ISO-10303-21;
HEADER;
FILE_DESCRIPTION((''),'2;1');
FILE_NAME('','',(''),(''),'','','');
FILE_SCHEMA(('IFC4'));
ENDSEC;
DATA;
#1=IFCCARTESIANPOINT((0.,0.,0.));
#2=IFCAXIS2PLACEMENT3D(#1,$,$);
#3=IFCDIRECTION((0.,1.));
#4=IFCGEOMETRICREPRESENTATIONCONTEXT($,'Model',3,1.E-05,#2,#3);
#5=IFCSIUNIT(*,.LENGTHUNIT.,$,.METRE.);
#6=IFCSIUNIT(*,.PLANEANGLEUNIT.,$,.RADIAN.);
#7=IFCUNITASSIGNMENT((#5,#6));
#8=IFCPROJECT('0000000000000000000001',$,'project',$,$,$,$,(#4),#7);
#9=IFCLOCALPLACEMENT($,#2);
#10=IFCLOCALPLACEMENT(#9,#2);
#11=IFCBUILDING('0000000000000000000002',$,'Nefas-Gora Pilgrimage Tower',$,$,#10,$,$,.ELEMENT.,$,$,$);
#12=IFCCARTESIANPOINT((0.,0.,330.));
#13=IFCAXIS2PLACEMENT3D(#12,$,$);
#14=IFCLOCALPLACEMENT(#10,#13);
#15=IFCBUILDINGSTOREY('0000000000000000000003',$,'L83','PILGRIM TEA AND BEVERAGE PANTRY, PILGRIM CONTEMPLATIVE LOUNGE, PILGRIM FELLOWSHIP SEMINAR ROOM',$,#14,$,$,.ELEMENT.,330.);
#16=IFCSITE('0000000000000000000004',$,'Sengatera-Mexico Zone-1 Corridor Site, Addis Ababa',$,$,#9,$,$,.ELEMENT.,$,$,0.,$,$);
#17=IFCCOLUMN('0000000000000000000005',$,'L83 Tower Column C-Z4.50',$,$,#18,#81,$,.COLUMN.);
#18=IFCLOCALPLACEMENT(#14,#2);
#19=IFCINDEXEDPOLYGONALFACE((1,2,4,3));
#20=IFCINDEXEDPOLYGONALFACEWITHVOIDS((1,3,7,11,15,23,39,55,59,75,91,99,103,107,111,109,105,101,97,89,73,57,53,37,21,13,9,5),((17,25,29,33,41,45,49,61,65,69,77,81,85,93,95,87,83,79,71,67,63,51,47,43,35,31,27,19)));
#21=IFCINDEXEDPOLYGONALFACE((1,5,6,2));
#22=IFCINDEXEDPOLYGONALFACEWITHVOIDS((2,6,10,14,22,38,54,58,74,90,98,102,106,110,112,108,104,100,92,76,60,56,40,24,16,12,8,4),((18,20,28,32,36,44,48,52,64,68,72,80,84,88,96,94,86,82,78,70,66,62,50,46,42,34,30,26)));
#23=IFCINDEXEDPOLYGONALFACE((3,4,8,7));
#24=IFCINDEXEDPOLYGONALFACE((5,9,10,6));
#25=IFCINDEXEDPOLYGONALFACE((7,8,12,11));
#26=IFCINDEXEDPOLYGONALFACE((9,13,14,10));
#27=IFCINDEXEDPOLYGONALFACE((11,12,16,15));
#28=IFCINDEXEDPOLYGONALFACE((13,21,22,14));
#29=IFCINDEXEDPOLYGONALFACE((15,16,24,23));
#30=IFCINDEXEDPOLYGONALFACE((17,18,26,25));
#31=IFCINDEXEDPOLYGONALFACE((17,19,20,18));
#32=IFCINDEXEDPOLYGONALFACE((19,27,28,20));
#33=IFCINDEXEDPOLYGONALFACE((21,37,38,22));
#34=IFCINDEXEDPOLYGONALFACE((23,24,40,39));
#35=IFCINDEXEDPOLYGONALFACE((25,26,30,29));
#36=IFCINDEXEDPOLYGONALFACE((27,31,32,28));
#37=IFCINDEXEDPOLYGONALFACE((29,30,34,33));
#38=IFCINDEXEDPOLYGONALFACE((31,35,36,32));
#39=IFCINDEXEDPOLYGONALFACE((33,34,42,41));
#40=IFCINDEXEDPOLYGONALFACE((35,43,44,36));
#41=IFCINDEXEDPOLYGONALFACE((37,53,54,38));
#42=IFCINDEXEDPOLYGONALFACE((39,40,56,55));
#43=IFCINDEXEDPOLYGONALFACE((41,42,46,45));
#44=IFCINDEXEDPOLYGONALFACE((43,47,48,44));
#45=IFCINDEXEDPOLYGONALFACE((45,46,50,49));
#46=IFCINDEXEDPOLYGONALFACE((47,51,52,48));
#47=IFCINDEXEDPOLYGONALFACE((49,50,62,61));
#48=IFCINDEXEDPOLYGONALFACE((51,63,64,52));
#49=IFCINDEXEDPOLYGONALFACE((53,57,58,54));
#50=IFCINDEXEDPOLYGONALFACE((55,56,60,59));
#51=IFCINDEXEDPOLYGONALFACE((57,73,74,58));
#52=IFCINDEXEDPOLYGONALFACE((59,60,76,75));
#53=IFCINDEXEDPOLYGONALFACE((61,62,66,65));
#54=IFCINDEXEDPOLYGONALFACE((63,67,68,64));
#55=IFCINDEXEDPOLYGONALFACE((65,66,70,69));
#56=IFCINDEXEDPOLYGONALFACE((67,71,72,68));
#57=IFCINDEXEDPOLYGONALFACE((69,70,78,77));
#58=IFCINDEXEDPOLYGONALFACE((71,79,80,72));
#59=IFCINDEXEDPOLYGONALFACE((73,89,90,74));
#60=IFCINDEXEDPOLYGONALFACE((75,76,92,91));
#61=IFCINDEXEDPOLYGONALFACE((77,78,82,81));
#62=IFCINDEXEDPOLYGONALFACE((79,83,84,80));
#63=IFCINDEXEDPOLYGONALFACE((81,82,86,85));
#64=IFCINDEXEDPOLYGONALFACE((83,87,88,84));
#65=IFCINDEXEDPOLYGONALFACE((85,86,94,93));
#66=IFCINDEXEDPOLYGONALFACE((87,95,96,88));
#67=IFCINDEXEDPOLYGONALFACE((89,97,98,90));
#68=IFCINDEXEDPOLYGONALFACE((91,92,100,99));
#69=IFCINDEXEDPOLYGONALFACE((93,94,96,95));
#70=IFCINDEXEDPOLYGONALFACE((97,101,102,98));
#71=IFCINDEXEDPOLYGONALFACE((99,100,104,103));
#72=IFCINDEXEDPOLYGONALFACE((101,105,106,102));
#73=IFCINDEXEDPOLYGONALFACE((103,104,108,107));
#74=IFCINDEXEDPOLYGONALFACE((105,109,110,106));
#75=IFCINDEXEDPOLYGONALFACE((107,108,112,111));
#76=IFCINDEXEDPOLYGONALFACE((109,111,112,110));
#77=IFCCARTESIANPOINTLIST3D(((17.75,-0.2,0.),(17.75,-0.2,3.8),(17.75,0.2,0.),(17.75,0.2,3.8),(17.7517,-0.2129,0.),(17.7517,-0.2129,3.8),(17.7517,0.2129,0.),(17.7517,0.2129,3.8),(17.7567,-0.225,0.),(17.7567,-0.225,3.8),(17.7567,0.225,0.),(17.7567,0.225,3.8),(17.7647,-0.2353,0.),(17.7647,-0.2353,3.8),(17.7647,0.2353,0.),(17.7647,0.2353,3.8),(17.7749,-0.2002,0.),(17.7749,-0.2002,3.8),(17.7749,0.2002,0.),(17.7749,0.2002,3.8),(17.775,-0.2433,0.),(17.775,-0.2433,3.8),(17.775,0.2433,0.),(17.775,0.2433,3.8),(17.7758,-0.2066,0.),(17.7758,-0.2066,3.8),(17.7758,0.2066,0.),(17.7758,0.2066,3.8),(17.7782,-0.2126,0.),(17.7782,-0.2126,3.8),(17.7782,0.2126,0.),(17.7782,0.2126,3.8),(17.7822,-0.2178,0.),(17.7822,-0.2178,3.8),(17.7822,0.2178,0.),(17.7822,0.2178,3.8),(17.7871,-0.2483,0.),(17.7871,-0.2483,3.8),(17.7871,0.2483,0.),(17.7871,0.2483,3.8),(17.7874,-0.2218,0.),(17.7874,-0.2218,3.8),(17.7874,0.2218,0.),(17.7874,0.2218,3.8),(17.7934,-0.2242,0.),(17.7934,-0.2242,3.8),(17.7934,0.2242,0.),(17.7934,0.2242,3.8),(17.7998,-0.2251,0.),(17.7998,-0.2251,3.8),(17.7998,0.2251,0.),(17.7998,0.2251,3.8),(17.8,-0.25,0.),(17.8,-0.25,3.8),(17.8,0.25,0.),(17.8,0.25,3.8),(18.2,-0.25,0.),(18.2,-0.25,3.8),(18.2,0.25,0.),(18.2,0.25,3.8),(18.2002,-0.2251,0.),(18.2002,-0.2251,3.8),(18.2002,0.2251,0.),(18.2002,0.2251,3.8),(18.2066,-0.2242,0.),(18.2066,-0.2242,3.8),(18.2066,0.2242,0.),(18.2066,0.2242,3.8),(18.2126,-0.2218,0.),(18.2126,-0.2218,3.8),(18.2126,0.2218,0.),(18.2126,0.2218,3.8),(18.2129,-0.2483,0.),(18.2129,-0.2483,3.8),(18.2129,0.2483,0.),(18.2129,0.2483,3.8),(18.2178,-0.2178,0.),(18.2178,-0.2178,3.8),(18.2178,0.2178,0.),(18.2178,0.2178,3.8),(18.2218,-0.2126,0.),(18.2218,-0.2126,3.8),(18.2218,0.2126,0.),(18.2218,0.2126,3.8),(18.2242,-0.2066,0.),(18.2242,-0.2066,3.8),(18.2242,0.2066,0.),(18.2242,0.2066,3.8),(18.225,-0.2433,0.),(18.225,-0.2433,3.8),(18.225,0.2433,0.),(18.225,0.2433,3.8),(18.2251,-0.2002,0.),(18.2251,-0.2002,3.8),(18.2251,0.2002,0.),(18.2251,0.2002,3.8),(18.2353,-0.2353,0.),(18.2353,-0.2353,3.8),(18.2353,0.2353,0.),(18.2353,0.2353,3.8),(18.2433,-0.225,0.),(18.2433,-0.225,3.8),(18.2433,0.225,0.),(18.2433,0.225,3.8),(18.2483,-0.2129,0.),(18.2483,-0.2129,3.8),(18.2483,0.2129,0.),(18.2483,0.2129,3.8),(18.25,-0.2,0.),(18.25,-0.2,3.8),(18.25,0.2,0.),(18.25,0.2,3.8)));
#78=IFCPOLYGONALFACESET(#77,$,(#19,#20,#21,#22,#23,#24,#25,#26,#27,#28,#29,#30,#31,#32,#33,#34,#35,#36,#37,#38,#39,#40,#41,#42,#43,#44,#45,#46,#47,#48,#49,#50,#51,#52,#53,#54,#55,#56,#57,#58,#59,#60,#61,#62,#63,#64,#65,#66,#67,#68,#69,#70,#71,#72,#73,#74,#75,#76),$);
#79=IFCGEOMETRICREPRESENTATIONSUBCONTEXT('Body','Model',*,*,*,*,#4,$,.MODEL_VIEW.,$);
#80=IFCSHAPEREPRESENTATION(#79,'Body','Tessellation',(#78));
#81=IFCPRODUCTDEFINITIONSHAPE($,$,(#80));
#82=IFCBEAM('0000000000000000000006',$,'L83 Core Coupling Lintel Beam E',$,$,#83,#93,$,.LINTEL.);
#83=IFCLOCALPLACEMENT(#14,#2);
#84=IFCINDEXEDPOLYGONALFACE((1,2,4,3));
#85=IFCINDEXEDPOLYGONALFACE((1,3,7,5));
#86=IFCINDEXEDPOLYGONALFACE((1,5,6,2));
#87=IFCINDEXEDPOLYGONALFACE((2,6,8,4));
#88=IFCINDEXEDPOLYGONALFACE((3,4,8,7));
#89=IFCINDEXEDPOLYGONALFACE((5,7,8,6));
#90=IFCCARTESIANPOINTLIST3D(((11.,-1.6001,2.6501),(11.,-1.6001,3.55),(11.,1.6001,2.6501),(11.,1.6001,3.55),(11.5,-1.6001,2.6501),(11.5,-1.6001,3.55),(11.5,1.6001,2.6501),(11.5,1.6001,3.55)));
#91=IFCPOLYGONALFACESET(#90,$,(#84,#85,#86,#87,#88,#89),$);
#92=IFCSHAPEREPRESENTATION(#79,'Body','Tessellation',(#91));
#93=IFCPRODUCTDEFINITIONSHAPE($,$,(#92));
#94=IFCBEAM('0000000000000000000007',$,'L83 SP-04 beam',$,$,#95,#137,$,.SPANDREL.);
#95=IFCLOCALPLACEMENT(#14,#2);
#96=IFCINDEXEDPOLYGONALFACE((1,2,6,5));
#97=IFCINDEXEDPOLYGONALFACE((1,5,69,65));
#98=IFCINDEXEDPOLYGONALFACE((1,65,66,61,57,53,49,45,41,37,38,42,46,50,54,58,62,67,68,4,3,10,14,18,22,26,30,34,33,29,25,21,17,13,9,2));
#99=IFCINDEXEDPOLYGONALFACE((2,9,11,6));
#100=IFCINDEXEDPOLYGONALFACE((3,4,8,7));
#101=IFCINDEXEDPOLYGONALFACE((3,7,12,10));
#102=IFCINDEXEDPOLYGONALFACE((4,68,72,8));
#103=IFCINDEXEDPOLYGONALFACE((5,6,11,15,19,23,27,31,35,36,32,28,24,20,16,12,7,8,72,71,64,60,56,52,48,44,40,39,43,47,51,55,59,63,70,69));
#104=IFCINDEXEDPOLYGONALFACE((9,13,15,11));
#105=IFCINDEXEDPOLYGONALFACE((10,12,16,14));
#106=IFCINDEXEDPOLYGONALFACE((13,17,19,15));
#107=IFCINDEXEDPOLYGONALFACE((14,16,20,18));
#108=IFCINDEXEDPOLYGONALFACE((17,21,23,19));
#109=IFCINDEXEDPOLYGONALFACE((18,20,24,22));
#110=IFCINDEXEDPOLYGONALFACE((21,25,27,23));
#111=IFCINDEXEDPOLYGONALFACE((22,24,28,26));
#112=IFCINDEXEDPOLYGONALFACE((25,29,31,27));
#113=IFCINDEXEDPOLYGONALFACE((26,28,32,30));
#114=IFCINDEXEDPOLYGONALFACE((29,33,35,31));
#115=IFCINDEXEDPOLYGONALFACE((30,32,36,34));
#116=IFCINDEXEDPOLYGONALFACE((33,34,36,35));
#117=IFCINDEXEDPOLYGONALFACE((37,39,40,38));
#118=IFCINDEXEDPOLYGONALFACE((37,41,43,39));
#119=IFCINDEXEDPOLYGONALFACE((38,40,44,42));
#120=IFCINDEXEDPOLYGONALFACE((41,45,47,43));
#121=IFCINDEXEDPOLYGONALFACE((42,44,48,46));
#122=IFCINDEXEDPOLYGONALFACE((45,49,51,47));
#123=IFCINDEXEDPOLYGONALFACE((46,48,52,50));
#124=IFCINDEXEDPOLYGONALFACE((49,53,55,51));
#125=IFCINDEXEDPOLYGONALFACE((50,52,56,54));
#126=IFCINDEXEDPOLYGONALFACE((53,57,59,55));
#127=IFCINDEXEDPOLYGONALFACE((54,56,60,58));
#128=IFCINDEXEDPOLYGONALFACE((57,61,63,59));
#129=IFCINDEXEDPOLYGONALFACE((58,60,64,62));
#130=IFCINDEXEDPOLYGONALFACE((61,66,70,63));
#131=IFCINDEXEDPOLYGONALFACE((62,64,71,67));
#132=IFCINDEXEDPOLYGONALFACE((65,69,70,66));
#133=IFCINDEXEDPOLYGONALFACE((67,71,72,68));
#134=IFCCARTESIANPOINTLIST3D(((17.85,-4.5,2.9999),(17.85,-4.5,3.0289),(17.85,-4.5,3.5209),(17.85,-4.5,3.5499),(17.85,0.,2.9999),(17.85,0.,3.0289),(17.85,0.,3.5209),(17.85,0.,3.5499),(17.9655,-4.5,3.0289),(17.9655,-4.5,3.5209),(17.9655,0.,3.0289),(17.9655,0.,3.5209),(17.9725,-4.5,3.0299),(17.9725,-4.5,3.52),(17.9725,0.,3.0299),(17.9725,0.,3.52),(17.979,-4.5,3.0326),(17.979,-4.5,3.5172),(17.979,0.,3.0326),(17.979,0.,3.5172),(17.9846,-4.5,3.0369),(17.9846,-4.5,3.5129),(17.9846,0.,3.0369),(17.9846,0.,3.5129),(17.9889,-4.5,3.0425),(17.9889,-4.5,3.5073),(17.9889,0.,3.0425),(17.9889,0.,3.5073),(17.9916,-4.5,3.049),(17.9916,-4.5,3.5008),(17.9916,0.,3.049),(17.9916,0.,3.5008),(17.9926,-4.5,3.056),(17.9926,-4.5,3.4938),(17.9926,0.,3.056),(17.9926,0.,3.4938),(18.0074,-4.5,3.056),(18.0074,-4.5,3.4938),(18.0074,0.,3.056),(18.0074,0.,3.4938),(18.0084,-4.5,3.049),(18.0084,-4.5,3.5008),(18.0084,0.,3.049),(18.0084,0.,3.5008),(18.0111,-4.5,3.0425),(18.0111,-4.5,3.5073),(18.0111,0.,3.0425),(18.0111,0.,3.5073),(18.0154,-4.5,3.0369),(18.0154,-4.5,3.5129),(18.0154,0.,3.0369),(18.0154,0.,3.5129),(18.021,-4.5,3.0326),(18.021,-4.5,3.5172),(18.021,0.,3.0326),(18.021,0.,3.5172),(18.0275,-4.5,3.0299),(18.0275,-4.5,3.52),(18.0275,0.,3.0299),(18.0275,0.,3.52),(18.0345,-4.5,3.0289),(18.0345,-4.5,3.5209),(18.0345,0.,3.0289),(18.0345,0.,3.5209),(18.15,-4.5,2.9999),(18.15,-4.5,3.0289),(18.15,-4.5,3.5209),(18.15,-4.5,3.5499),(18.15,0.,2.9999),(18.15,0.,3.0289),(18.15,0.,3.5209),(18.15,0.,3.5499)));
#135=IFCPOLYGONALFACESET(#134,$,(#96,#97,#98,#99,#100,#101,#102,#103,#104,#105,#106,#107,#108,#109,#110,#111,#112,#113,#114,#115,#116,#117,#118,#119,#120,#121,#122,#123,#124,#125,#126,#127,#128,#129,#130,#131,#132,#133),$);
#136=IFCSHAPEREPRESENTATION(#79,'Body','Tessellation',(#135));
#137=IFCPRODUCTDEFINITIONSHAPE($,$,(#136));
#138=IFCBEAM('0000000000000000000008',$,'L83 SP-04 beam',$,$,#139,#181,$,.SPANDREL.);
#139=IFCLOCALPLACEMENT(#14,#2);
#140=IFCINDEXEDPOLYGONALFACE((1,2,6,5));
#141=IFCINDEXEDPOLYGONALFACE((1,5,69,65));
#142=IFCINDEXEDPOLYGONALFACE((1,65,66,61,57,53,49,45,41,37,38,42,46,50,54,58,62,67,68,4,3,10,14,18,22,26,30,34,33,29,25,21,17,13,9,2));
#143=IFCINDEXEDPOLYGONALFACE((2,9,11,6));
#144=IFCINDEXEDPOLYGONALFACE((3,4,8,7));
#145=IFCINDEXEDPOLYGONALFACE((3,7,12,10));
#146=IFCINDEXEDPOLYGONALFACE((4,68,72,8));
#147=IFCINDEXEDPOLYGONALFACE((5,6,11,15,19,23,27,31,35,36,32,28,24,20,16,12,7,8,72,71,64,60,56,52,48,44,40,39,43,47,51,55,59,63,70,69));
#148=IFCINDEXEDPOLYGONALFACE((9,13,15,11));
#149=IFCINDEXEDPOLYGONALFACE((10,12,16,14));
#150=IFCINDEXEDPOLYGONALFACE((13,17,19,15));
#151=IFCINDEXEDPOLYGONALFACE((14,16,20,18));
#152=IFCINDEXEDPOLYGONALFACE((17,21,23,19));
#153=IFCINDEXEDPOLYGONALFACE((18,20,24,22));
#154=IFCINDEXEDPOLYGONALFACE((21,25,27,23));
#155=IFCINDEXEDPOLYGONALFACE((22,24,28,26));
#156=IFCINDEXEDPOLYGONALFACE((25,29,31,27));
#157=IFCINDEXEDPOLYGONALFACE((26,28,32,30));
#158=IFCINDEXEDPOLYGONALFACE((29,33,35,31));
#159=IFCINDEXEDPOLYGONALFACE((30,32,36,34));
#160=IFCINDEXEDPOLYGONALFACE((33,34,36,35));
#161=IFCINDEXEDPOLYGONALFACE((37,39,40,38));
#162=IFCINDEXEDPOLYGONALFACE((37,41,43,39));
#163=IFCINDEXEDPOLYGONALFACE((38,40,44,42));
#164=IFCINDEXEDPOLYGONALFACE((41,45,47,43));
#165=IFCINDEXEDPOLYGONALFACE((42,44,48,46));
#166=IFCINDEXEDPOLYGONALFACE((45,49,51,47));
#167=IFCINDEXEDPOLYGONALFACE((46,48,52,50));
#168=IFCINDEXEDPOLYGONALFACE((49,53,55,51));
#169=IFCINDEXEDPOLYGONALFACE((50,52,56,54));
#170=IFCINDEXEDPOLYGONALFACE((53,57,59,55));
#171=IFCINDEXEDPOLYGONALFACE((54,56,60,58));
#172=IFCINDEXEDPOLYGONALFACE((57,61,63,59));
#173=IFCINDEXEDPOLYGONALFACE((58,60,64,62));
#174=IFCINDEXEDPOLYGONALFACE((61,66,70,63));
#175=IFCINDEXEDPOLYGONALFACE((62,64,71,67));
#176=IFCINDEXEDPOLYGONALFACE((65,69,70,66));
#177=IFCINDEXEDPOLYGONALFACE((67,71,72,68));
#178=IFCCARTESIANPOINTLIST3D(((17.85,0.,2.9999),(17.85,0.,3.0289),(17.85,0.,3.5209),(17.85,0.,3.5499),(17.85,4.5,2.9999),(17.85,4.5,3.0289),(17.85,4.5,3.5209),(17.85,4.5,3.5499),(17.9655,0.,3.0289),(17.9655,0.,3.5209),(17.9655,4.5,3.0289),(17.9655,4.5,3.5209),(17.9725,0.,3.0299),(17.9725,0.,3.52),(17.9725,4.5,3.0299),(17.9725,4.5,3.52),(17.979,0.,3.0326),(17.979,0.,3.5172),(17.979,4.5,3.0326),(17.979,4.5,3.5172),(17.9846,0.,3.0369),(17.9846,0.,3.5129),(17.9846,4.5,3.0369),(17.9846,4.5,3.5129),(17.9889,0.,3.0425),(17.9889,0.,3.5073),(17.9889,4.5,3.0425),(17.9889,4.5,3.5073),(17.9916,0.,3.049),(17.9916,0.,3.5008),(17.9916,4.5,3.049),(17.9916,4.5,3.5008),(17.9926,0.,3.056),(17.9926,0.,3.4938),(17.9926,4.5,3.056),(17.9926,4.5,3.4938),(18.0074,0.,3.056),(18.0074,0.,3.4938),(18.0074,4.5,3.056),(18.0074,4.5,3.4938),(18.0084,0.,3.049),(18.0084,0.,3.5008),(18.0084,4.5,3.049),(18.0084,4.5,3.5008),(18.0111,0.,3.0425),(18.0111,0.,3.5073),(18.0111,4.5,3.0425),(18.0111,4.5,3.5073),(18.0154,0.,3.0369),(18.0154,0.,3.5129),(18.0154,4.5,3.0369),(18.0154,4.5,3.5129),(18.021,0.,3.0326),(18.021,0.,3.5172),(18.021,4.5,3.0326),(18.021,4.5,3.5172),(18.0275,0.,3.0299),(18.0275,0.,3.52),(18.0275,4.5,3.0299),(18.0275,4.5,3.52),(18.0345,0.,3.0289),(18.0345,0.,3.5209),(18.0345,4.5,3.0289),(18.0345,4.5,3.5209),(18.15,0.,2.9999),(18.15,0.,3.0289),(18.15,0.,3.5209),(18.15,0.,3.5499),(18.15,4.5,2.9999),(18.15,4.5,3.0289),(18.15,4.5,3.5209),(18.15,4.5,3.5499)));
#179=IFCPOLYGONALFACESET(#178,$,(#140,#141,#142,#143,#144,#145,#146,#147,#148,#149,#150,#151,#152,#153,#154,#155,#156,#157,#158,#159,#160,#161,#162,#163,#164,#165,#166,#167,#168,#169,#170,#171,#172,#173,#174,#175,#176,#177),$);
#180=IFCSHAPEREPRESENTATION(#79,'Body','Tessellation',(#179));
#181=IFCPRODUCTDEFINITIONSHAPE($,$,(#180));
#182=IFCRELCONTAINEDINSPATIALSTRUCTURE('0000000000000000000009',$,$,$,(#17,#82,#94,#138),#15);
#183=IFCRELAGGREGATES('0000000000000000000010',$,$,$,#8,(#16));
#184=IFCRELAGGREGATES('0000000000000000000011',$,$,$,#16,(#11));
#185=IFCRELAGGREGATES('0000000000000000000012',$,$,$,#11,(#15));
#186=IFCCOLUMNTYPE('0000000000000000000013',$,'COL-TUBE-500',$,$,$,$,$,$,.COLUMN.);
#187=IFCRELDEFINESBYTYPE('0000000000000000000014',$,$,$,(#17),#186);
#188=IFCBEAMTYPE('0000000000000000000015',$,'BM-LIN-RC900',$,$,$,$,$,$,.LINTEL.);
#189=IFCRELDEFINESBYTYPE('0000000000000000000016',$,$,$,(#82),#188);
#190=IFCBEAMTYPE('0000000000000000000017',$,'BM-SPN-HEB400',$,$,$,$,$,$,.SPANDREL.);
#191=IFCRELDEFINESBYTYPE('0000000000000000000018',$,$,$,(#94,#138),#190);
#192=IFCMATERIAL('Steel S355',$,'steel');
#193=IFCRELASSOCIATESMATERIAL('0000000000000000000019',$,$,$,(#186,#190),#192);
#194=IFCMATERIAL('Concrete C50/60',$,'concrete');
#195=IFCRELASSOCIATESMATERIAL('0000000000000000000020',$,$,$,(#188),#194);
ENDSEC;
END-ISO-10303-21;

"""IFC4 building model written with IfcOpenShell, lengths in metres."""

from ifc_helpers import new_model, si_unit, direction, frame, origin, origin_2d, place, context, subcontext, project, spatial, rectangle, hollow_rectangle, i_section, extrude, source, transform, mapped, material, material_profile, profile_set, type_object, element, save


model = new_model("IFC4")

# Units and contexts
model_context = context("Model", 3, precision=1e-05, world=origin(), true_north=direction((0.0, 1.0)))
body_context = subcontext(model_context, "Body", "Model", "MODEL_VIEW")
ifc_project = project(units=[si_unit("LENGTHUNIT", "METRE"), si_unit("PLANEANGLEUNIT", "RADIAN")], contexts=[model_context])

# Site, building, storey
site_placement = place(None, origin())
site = spatial("IfcSite", under=ifc_project, at=site_placement, Name="Sengatera-Mexico Zone-1 Corridor Site, Addis Ababa", CompositionType="ELEMENT", RefElevation=0.0)
building_placement = place(site_placement, origin())
building = spatial("IfcBuilding", under=site, at=building_placement, Name="Nefas-Gora Pilgrimage Tower", CompositionType="ELEMENT")
storey_placement = place(building_placement, frame((0.0, 0.0, 330.0)))
storey = spatial("IfcBuildingStorey", under=building, at=storey_placement, Name="L83", Description="PILGRIM TEA AND BEVERAGE PANTRY, PILGRIM CONTEMPLATIVE LOUNGE, PILGRIM FELLOWSHIP SEMINAR ROOM", CompositionType="ELEMENT", Elevation=330.0)

# Column
ifc_material_1 = material(Name="Steel S355", Category="steel")
ifc_material_profile_1 = material_profile(ifc_material_1, hollow_rectangle(XDim=0.5, YDim=0.5, WallThickness=0.0249, InnerFilletRadius=0.0249, OuterFilletRadius=0.05, at=origin_2d()), Name="SHS 500x500x25")
ifc_profile_set_1 = profile_set([ifc_material_profile_1], Name="Steel S355")
column_type_1 = type_object("IfcColumnType", Name="COL-TUBE-500", PredefinedType="COLUMN", material=ifc_profile_set_1)
shared_shape_1 = source(origin(), body_context, "Body", "SweptSolid", [
    extrude(hollow_rectangle(XDim=0.5, YDim=0.5, WallThickness=0.0249, InnerFilletRadius=0.0249, OuterFilletRadius=0.05, at=origin_2d()), origin(), (0.0, 0.0, 1.0), 3.8),
])
for number, where, z_axis, x_axis, name in (
    (1, (18.0, 0.0, 0.0), (0.0, 0.0, 1.0), (1.0, 0.0, 0.0), "L83 Tower Column C-Z4.50"),
):
    element("IfcColumn", number, at=place(storey_placement, frame(where, z_axis=z_axis, x_axis=x_axis)), inside=storey, type_object=column_type_1, Name=name, PredefinedType="COLUMN", context=body_context, shape_type="MappedRepresentation", body=[
        mapped(shared_shape_1, transform((0.0, 0.0, 0.0), x_axis=(1.0, 0.0, 0.0), y_axis=(0.0, 1.0, 0.0), z_axis=(0.0, 0.0, 1.0), scale=1.0)),
    ])

# Beams
ifc_material_2 = material(Name="Concrete C50/60", Category="concrete")
ifc_material_profile_2 = material_profile(ifc_material_2, rectangle(XDim=0.5, YDim=0.8999, at=origin_2d()), Name="RC 500x900")
ifc_profile_set_2 = profile_set([ifc_material_profile_2], Name="Concrete C50/60")
beam_type_1 = type_object("IfcBeamType", Name="BM-LIN-RC900", PredefinedType="LINTEL", material=ifc_profile_set_2)
shared_shape_2 = source(origin(), body_context, "Body", "SweptSolid", [
    extrude(rectangle(XDim=0.5, YDim=0.8999, at=origin_2d()), origin(), (0.0, 0.0, 1.0), 3.2002),
])
beam_placement = place(storey_placement, frame((11.25, -1.6001, 3.1001), z_axis=(0.0, 1.0, 0.0), x_axis=(-1.0, 0.0, 0.0)))
element("IfcBeam", 2, at=beam_placement, inside=storey, type_object=beam_type_1, Name="L83 Core Coupling Lintel Beam E", PredefinedType="LINTEL", context=body_context, shape_type="MappedRepresentation", body=[
    mapped(shared_shape_2, transform((0.0, 0.0, 0.0), x_axis=(1.0, 0.0, 0.0), y_axis=(0.0, 1.0, 0.0), z_axis=(0.0, 0.0, 1.0), scale=1.0)),
])
ifc_material_profile_3 = material_profile(ifc_material_1, i_section(OverallWidth=0.3, OverallDepth=0.55, WebThickness=0.0149, FlangeThickness=0.0291, FilletRadius=0.0271, at=origin_2d()), Name="HEB 550")
ifc_profile_set_3 = profile_set([ifc_material_profile_3], Name="Steel S355")
beam_type_2 = type_object("IfcBeamType", Name="BM-SPN-HEB400", PredefinedType="SPANDREL", material=ifc_profile_set_3)
shared_shape_3 = source(origin(), body_context, "Body", "SweptSolid", [
    extrude(i_section(OverallWidth=0.3, OverallDepth=0.55, WebThickness=0.0149, FlangeThickness=0.0291, FilletRadius=0.0271, at=origin_2d()), origin(), (0.0, 0.0, 1.0), 4.5),
])
for number, where, z_axis, x_axis, name in (
    (3, (18.0, -4.5, 3.2749), (0.0, 1.0, 0.0), (-1.0, 0.0, 0.0), "L83 SP-04 beam"),
    (4, (18.0, 0.0, 3.2749), (0.0, 1.0, 0.0), (-1.0, 0.0, 0.0), "L83 SP-04 beam"),
):
    element("IfcBeam", number, at=place(storey_placement, frame(where, z_axis=z_axis, x_axis=x_axis)), inside=storey, type_object=beam_type_2, Name=name, PredefinedType="SPANDREL", context=body_context, shape_type="MappedRepresentation", body=[
        mapped(shared_shape_3, transform((0.0, 0.0, 0.0), x_axis=(1.0, 0.0, 0.0), y_axis=(0.0, 1.0, 0.0), z_axis=(0.0, 0.0, 1.0), scale=1.0)),
    ])

save(model, "model.ifc")
